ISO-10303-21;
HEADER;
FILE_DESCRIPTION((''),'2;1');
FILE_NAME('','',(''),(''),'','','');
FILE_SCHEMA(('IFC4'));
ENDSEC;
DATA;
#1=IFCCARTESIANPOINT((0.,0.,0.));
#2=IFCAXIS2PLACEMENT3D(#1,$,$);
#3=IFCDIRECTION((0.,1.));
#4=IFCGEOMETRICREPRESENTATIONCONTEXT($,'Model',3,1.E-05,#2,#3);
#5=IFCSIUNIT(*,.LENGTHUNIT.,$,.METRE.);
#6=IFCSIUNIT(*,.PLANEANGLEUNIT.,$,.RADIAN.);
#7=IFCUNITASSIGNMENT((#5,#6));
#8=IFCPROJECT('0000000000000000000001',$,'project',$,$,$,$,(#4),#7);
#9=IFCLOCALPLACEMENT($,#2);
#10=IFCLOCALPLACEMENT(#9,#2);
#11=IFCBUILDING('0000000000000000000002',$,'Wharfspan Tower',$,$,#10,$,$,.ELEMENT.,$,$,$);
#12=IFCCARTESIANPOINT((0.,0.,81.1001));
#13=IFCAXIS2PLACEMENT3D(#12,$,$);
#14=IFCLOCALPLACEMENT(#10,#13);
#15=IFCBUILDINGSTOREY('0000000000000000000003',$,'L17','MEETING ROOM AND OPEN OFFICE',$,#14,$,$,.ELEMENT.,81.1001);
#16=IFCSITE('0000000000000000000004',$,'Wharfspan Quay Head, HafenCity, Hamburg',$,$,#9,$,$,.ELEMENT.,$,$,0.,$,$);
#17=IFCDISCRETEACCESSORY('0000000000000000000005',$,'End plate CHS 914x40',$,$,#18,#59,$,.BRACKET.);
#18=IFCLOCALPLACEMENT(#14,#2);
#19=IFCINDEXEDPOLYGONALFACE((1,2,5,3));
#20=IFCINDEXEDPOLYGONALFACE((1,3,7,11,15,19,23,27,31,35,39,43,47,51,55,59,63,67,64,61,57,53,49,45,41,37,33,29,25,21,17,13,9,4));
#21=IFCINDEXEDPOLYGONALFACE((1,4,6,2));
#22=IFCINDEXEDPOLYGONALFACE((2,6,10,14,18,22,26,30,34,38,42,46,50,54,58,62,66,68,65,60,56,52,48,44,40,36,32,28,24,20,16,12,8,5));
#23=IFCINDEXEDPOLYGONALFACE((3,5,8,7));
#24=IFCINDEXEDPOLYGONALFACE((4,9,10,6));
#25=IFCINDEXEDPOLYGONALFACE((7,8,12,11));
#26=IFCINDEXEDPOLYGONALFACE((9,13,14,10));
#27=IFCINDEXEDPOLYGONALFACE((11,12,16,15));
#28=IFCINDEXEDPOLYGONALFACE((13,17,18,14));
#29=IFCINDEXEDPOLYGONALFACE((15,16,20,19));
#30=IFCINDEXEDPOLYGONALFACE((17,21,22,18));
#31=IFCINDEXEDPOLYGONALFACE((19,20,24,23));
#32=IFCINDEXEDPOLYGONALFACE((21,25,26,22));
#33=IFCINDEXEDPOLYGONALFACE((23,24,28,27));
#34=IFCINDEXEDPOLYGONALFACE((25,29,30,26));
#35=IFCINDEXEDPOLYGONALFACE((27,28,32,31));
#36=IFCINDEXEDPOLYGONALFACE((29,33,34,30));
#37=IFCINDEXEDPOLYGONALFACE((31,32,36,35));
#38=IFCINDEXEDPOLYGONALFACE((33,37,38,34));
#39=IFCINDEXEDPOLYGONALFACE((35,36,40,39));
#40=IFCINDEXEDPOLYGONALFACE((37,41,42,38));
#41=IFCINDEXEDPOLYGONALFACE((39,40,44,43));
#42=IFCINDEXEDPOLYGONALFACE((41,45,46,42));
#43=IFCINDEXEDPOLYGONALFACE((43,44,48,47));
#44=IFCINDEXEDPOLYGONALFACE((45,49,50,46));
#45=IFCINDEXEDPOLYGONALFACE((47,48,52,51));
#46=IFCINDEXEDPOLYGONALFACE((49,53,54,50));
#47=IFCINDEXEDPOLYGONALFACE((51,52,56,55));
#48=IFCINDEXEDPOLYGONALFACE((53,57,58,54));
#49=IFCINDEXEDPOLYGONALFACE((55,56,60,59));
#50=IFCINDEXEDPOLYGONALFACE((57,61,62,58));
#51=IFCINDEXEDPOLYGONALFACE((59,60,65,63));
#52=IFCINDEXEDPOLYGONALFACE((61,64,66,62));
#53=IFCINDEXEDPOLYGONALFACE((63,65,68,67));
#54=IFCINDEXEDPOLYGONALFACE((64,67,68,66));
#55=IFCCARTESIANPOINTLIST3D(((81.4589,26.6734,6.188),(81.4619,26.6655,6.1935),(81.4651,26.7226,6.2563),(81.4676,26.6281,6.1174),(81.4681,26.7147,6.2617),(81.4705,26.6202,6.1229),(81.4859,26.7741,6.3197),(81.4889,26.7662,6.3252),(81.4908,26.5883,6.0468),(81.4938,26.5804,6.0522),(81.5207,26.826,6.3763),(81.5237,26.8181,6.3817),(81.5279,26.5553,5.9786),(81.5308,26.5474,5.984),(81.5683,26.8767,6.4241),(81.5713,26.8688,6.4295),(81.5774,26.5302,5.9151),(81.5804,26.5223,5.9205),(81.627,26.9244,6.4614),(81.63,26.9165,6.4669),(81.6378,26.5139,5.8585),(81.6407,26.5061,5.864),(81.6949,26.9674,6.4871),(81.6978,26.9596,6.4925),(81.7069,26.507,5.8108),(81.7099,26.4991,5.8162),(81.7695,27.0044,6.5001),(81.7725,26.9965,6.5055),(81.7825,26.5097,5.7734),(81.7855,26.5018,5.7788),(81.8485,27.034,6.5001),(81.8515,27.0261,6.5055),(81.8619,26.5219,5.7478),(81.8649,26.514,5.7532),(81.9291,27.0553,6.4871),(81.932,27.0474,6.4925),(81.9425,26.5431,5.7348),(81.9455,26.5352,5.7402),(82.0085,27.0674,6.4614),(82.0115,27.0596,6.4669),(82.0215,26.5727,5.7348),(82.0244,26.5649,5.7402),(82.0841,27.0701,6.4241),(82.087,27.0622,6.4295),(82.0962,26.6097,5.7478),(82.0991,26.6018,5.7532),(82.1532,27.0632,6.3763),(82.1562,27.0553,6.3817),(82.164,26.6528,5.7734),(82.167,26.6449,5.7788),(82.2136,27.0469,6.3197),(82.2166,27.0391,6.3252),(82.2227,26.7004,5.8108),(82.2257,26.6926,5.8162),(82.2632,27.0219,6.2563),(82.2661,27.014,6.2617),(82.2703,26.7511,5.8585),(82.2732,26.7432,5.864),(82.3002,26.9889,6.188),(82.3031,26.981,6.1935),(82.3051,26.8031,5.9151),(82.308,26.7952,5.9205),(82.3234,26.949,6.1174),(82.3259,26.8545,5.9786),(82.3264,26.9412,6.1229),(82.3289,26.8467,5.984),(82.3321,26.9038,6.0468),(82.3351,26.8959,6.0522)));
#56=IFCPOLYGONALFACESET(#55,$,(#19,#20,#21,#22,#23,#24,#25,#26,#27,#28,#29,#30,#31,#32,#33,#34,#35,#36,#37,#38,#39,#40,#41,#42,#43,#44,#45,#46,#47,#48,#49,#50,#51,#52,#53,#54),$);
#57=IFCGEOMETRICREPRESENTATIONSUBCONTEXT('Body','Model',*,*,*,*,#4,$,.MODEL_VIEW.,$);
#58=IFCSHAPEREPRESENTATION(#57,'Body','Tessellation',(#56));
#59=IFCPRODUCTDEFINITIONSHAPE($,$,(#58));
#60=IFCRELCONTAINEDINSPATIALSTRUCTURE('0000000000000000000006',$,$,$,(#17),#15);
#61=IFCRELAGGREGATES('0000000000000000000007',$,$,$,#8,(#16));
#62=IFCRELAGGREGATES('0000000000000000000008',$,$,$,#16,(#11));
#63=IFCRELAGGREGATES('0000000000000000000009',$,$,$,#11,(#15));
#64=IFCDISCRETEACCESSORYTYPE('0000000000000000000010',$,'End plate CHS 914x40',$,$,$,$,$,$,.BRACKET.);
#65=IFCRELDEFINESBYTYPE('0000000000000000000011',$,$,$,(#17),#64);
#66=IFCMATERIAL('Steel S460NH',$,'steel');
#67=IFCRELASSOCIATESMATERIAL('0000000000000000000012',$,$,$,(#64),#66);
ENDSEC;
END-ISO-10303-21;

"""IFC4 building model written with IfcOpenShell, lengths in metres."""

from ifc_helpers import new_model, si_unit, direction, frame, origin, origin_2d, place, context, subcontext, project, spatial, circle, extrude, material, material_profile, profile_set, type_object, element, save


model = new_model("IFC4")

# Units and contexts
model_context = context("Model", 3, precision=1e-05, world=origin(), true_north=direction((0.0, 1.0)))
body_context = subcontext(model_context, "Body", "Model", "MODEL_VIEW")
ifc_project = project(units=[si_unit("LENGTHUNIT", "METRE"), si_unit("PLANEANGLEUNIT", "RADIAN")], contexts=[model_context])

# Site, building, storey
site_placement = place(None, origin())
site = spatial("IfcSite", under=ifc_project, at=site_placement, Name="Wharfspan Quay Head, HafenCity, Hamburg", CompositionType="ELEMENT", RefElevation=0.0)
building_placement = place(site_placement, origin())
building = spatial("IfcBuilding", under=site, at=building_placement, Name="Wharfspan Tower", CompositionType="ELEMENT")
storey_placement = place(building_placement, frame((0.0, 0.0, 81.1001)))
storey = spatial("IfcBuildingStorey", under=building, at=storey_placement, Name="L17", Description="MEETING ROOM AND OPEN OFFICE", CompositionType="ELEMENT", Elevation=81.1001)

# Shared definitions
ifc_material_1 = material(Name="Steel S460NH", Category="steel")

# Discrete accessory
ifc_material_profile_1 = material_profile(ifc_material_1, circle(Radius=0.457, at=origin_2d()))
ifc_profile_set_1 = profile_set([ifc_material_profile_1], Name="Steel S460NH")
discrete_accessory_type = type_object("IfcDiscreteAccessoryType", Name="End plate CHS 914x40", PredefinedType="BRACKET", material=ifc_profile_set_1)
for number, where, z_axis, x_axis, name in (
    (1, (81.8955, 26.7886, 6.1174), (0.295241, -0.787309, 0.541275), (0.936333, 0.351125, 0.0), "End plate CHS 914x40"),
):
    element("IfcDiscreteAccessory", number, at=place(storey_placement, frame(where, z_axis=z_axis, x_axis=x_axis)), inside=storey, type_object=discrete_accessory_type, Name=name, PredefinedType="BRACKET", context=body_context, shape_type="SweptSolid", body=[
        extrude(circle(Radius=0.457, at=origin_2d()), origin(), (0.0, 0.0, 1.0), 0.01),
    ])

save(model, "model.ifc")
